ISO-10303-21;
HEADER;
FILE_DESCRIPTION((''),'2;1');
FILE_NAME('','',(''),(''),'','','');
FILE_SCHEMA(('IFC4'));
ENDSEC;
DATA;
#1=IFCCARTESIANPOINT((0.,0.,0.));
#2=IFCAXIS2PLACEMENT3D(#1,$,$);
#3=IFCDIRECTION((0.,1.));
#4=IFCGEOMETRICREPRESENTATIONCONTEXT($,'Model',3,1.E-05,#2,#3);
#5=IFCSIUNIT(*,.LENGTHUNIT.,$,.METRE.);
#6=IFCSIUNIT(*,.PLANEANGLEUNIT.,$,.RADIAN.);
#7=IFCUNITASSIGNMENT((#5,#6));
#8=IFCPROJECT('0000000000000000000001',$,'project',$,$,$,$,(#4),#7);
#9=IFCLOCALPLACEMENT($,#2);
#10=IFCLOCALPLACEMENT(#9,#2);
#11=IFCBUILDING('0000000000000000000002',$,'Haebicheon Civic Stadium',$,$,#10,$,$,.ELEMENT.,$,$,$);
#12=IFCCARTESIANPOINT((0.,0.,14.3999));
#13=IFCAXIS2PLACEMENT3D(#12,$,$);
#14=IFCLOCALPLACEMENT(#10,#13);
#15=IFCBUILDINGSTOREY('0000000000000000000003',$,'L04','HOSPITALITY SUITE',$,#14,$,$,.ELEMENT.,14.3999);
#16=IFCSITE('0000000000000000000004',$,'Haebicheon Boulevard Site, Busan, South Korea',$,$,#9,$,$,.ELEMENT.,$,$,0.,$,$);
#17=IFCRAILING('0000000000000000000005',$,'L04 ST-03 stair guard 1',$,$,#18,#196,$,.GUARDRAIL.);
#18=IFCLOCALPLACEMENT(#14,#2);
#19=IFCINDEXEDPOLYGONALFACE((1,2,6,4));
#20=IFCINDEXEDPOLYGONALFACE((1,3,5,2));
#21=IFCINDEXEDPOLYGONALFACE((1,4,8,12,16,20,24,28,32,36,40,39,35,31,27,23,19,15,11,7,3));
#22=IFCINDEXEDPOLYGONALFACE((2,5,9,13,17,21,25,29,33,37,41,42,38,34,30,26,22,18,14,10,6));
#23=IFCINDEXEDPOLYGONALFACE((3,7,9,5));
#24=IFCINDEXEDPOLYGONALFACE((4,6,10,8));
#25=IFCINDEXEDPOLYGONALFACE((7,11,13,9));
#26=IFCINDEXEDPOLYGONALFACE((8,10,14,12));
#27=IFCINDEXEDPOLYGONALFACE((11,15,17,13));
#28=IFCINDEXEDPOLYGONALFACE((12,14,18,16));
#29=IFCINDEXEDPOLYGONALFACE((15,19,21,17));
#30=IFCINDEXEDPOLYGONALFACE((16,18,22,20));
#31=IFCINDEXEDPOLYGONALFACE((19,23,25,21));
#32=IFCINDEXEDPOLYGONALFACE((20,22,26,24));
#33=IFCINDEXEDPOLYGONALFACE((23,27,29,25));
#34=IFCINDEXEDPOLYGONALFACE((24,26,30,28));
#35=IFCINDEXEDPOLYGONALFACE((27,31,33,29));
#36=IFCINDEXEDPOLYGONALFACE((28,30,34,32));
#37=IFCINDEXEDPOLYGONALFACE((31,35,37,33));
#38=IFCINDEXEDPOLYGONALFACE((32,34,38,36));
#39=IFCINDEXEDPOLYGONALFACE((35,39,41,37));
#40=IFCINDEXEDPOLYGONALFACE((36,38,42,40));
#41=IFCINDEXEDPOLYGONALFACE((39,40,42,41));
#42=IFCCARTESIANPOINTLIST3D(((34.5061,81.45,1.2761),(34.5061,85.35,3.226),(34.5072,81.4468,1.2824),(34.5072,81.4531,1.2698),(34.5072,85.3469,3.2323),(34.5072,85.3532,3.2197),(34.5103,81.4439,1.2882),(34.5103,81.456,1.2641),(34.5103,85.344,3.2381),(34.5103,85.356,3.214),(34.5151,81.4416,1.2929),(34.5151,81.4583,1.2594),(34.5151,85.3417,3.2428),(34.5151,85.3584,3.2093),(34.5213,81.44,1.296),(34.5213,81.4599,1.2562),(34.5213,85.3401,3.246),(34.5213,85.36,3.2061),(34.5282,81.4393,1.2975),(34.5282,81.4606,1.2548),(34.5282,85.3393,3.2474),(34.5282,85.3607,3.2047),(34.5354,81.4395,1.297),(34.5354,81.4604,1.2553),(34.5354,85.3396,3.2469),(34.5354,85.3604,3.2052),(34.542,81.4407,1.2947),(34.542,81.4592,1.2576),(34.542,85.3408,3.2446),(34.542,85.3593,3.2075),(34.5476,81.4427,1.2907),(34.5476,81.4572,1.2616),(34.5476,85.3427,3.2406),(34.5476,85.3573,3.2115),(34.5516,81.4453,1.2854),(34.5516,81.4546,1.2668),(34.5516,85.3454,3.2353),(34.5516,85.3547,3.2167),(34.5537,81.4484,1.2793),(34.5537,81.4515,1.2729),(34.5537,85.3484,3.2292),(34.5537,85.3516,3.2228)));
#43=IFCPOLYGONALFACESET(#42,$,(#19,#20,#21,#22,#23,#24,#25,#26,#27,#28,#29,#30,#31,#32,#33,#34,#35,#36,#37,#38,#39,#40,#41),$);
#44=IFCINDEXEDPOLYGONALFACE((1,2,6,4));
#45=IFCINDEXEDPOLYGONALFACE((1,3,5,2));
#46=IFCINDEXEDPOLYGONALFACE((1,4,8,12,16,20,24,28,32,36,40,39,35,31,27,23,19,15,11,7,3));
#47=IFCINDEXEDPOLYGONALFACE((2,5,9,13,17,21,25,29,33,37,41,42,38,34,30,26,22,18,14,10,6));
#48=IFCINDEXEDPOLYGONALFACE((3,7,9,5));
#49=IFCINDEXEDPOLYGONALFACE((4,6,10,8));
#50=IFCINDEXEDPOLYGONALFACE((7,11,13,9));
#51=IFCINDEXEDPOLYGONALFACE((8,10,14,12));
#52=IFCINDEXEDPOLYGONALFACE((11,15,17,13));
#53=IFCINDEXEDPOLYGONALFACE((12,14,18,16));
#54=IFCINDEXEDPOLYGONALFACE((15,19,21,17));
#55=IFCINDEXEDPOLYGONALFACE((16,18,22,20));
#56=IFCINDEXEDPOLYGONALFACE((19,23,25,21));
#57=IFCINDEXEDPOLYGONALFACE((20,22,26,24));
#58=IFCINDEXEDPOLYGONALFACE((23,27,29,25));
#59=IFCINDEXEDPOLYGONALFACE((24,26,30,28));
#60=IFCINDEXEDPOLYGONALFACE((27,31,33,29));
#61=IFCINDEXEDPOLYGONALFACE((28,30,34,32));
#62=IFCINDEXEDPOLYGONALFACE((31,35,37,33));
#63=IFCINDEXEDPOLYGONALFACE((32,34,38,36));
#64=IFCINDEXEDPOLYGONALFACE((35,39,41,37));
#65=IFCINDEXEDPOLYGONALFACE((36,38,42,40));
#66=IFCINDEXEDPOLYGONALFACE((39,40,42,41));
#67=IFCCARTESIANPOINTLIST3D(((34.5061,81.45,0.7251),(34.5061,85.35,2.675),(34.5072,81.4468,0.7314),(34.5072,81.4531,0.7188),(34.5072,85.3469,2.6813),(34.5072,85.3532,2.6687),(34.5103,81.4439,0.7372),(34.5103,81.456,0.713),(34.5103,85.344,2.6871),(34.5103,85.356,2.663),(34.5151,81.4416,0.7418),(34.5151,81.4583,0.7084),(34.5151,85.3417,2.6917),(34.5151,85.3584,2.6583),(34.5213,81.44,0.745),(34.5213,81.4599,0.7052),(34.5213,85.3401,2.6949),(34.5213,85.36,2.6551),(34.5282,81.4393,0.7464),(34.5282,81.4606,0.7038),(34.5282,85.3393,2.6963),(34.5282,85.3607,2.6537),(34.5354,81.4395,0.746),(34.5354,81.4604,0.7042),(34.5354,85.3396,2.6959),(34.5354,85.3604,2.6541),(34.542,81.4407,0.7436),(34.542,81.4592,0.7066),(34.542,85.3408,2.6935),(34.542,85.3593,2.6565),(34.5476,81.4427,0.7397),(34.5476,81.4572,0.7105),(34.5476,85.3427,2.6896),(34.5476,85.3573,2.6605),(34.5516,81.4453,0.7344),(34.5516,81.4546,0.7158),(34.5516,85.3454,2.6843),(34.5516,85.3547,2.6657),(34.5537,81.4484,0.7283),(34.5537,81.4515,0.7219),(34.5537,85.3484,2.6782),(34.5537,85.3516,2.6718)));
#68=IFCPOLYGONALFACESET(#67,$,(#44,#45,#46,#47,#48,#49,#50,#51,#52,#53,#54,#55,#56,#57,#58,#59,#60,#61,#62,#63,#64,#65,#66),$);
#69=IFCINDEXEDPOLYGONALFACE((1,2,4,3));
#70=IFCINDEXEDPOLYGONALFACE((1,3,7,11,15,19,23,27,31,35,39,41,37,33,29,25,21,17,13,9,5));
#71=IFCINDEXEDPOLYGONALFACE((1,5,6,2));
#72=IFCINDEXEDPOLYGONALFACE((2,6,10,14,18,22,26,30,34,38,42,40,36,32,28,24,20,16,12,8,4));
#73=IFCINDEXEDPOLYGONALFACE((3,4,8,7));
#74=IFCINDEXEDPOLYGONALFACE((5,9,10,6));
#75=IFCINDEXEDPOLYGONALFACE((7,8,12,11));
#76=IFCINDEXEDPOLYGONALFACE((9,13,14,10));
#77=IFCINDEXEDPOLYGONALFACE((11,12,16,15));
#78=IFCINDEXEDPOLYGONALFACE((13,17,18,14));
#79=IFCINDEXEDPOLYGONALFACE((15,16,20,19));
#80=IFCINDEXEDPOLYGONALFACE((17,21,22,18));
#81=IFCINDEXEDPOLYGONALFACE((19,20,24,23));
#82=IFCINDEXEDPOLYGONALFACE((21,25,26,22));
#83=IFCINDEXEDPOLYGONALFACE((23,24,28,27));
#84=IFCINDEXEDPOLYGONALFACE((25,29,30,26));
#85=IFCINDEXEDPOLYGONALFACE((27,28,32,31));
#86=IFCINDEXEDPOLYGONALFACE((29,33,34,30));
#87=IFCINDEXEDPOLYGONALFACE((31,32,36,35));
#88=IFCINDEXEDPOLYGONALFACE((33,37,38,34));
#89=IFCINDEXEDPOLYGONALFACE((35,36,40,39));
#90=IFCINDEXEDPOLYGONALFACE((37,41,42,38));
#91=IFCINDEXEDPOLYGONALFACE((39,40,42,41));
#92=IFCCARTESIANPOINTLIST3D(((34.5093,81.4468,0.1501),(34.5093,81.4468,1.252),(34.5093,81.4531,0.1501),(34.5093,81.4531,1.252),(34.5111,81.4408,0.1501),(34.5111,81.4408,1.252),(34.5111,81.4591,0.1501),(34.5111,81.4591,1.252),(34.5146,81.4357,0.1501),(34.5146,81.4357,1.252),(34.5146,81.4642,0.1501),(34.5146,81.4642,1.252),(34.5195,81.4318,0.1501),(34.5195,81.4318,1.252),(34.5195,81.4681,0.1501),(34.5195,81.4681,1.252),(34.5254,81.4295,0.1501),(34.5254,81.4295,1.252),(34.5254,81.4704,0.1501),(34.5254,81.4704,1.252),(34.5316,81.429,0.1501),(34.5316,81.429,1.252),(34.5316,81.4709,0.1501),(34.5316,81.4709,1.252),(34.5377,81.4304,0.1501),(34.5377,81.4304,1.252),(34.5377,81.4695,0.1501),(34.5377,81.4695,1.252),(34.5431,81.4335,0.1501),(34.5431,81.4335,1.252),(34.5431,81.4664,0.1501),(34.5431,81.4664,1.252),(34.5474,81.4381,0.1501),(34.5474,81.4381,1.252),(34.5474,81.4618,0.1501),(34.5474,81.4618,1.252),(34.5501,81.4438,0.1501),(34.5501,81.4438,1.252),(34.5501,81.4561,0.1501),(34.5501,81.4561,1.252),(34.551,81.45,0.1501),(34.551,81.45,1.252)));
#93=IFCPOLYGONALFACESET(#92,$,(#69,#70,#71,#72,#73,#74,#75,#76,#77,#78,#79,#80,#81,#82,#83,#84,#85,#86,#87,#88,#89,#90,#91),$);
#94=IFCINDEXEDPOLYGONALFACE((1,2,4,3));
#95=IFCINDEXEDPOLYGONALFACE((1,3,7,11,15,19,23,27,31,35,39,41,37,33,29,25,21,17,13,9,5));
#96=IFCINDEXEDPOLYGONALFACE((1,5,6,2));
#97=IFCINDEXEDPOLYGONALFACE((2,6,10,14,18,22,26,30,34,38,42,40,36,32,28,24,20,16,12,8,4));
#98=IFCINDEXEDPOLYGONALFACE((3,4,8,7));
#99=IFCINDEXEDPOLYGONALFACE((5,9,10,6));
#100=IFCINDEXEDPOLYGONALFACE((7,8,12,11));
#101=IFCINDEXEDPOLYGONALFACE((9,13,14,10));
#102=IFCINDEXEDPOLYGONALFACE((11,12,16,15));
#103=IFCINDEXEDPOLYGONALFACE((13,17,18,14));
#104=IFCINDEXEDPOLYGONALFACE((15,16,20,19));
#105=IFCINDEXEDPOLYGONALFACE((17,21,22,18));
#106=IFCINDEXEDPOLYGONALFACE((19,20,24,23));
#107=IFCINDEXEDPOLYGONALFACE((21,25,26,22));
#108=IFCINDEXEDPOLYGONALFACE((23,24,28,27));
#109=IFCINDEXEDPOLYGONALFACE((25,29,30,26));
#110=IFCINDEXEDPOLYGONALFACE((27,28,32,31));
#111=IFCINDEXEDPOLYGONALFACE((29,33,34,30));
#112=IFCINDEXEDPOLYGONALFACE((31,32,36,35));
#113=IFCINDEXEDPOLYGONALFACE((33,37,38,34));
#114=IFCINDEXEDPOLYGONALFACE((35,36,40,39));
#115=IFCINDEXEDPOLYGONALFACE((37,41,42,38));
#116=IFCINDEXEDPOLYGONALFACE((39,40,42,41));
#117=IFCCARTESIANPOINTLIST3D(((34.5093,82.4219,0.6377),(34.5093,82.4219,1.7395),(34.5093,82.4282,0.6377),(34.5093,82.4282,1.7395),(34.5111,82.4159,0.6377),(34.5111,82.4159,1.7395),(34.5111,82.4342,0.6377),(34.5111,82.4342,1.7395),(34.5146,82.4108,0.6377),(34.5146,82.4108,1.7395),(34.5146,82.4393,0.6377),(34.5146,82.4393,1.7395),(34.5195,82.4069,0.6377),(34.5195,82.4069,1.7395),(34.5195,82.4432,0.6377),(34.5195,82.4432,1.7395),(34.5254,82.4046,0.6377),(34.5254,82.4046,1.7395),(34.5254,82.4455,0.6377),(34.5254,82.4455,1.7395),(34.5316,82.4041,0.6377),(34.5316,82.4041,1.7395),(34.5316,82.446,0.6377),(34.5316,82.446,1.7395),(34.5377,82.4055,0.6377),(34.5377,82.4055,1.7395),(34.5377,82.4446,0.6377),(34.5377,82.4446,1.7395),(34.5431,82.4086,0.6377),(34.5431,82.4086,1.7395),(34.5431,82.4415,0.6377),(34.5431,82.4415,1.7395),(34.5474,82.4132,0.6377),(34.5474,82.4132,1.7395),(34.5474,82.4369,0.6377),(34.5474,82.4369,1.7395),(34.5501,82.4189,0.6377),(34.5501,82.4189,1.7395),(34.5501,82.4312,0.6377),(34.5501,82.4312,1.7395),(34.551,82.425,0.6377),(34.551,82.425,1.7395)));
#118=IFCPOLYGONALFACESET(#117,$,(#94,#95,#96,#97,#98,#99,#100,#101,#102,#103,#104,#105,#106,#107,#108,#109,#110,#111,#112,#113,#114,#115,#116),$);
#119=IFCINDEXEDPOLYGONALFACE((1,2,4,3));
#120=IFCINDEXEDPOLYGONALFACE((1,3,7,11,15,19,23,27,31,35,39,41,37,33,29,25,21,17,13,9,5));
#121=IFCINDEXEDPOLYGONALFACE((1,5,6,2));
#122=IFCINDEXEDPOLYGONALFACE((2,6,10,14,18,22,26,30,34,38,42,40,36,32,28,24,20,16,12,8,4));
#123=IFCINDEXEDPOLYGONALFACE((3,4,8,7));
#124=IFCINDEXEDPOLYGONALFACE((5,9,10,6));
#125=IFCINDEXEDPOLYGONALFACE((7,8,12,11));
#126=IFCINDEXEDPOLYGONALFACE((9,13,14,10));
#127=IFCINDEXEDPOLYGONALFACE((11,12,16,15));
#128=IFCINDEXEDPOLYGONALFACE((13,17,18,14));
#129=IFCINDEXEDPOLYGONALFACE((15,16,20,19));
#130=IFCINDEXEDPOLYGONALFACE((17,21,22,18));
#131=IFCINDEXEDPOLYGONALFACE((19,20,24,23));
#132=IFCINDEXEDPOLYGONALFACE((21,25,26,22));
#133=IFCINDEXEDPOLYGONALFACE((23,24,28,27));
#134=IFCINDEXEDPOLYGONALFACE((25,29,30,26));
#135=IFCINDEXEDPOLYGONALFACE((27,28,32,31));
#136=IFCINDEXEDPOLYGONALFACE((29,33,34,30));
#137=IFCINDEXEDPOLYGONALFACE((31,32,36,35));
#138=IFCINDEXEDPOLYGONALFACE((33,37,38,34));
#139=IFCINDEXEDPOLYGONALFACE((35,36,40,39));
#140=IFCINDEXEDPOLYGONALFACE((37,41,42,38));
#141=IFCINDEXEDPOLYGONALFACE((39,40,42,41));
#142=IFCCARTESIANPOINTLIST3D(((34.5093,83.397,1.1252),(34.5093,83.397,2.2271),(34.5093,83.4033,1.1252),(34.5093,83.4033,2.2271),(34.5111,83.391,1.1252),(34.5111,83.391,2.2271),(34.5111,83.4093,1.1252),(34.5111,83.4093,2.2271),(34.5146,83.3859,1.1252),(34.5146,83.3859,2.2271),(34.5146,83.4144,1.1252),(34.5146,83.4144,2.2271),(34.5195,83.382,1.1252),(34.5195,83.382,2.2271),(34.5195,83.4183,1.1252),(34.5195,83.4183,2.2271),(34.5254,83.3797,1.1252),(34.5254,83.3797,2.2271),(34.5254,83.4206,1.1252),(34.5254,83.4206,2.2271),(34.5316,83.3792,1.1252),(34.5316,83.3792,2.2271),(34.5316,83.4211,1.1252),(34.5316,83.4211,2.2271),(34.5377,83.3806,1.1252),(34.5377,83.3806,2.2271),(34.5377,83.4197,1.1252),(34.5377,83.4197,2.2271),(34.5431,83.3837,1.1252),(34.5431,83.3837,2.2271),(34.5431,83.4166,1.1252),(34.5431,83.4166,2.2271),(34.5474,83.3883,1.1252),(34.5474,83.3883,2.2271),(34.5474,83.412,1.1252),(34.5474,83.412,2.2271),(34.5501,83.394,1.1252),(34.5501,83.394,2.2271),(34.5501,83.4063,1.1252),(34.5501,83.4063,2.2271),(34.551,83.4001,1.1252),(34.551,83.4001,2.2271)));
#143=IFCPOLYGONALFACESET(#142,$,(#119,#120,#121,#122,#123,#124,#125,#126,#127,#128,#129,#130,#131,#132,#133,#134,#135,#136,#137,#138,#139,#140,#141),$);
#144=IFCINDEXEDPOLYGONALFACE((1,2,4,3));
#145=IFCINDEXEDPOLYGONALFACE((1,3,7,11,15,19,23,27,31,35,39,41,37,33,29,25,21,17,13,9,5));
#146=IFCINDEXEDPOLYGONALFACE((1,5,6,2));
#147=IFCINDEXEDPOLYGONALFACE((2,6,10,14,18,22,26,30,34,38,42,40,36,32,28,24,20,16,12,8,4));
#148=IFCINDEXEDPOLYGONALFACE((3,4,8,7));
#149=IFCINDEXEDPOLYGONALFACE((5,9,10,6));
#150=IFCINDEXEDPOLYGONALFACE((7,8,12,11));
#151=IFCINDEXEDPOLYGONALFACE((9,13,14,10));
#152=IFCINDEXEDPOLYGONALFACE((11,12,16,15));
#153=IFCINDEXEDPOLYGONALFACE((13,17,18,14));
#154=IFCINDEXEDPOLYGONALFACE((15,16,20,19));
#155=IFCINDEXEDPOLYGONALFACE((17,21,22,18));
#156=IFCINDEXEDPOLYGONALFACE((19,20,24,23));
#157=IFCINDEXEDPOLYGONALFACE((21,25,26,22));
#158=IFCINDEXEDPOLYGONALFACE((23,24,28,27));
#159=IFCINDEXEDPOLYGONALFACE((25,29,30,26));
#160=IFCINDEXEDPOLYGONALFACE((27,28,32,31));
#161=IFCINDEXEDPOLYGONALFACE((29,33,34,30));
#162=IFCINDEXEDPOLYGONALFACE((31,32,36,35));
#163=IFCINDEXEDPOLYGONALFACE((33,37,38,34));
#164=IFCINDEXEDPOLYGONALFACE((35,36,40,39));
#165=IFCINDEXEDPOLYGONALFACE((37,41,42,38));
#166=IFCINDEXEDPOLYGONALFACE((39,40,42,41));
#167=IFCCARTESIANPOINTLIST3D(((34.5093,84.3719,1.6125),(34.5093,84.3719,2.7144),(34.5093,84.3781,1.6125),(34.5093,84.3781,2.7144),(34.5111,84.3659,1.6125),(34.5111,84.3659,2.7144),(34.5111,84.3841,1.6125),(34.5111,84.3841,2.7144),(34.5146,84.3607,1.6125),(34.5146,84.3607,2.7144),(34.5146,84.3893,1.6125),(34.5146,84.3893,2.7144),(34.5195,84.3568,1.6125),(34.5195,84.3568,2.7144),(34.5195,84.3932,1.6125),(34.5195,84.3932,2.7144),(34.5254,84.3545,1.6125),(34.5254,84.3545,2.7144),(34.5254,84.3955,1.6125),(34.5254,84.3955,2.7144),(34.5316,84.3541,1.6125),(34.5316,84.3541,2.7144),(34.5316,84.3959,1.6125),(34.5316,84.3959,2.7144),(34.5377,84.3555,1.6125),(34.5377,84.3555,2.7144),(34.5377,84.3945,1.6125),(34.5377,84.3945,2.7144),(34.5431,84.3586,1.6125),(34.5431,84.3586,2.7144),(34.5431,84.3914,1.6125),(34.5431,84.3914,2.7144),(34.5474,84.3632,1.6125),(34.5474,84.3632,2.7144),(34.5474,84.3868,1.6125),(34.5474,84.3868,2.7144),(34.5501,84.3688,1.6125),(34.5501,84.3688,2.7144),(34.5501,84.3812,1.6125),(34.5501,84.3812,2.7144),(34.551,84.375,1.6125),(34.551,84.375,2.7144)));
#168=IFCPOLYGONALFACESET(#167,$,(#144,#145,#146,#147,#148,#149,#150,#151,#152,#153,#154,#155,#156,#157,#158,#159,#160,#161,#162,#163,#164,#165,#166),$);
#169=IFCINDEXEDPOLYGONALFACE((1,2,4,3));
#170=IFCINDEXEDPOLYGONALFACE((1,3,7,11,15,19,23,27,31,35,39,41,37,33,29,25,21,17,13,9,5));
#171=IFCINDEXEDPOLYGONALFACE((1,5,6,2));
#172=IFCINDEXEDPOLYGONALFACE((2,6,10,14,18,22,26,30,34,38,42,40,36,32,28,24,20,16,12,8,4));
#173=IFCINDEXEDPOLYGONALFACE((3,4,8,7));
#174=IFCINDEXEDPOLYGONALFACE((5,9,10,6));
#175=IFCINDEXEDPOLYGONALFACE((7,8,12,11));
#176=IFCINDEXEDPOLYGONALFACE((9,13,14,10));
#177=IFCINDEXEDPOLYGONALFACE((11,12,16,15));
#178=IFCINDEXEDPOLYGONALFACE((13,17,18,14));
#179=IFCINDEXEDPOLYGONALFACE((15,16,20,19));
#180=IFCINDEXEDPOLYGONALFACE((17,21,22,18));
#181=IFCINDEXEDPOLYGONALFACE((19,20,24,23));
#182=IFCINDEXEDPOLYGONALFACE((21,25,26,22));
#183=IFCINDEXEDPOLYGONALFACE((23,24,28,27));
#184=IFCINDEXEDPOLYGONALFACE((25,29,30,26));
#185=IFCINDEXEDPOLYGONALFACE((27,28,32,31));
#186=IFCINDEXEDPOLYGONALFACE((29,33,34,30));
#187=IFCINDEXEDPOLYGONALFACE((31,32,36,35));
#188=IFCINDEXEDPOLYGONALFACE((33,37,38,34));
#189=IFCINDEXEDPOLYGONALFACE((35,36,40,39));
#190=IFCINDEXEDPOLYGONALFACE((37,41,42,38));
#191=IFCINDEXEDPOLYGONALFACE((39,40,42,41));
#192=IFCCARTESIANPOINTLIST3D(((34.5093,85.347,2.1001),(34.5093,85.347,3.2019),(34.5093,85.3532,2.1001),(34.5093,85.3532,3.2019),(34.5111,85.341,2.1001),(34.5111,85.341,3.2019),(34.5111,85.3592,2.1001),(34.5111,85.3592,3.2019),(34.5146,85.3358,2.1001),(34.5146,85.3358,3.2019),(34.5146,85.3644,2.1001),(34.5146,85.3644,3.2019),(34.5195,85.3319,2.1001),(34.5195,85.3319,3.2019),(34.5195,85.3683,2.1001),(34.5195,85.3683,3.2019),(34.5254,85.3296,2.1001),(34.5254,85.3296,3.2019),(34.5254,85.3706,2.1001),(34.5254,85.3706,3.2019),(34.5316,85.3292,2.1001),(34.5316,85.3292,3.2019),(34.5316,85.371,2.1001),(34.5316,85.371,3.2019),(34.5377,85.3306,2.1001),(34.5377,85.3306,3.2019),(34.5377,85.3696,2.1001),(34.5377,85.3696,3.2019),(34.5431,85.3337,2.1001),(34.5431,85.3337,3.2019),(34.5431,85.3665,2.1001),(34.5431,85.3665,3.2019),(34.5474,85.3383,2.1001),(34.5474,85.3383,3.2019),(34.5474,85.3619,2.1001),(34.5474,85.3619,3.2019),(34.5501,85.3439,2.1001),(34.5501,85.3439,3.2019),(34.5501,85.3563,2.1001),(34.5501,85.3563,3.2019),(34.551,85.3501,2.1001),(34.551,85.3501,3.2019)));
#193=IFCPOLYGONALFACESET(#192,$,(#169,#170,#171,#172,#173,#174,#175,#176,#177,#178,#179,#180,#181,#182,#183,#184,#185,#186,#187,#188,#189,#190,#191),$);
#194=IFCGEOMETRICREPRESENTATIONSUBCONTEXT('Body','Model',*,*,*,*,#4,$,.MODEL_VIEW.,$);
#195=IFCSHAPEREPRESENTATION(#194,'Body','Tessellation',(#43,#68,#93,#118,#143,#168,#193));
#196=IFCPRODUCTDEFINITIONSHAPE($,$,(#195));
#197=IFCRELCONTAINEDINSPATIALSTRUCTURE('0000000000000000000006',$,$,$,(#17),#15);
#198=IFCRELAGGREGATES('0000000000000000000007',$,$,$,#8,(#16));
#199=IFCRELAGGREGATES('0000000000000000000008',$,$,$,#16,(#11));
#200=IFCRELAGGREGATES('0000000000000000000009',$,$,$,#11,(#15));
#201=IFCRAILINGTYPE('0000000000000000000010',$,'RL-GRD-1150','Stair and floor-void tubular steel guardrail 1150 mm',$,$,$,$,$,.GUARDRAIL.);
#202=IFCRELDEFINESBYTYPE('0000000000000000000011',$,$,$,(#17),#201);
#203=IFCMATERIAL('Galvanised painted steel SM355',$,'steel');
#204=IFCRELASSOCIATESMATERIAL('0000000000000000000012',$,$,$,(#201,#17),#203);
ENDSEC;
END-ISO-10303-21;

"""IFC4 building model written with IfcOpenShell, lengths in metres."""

from ifc_helpers import new_model, si_unit, direction, frame, origin, origin_2d, place, context, subcontext, project, spatial, circle, extrude, material, type_object, element, save


model = new_model("IFC4")

# Units and contexts
model_context = context("Model", 3, precision=1e-05, world=origin(), true_north=direction((0.0, 1.0)))
body_context = subcontext(model_context, "Body", "Model", "MODEL_VIEW")
ifc_project = project(units=[si_unit("LENGTHUNIT", "METRE"), si_unit("PLANEANGLEUNIT", "RADIAN")], contexts=[model_context])

# Site, building, storey
site_placement = place(None, origin())
site = spatial("IfcSite", under=ifc_project, at=site_placement, Name="Haebicheon Boulevard Site, Busan, South Korea", CompositionType="ELEMENT", RefElevation=0.0)
building_placement = place(site_placement, origin())
building = spatial("IfcBuilding", under=site, at=building_placement, Name="Haebicheon Civic Stadium", CompositionType="ELEMENT")
storey_placement = place(building_placement, frame((0.0, 0.0, 14.3999)))
storey = spatial("IfcBuildingStorey", under=building, at=storey_placement, Name="L04", Description="HOSPITALITY SUITE", CompositionType="ELEMENT", Elevation=14.3999)

# Railing
ifc_material_1 = material(Name="Galvanised painted steel SM355", Category="steel")
railing_type_1 = type_object("IfcRailingType", Name="RL-GRD-1150", Description="Stair and floor-void tubular steel guardrail 1150 mm", PredefinedType="GUARDRAIL", material=ifc_material_1)
railing_1_placement = place(storey_placement, frame((34.53, 81.45, 0.1501)))
element("IfcRailing", 1, at=railing_1_placement, inside=storey, type_object=railing_type_1, material=ifc_material_1, Name="L04 ST-03 stair guard 1", PredefinedType="GUARDRAIL", context=body_context, shape_type="SweptSolid", body=[
    extrude(circle(Radius=0.0239, at=origin_2d()), frame((0.0, 0.0, 1.126), z_axis=(0.0, 0.894438, 0.447191), x_axis=(-1.0, 0.0, 0.0)), (0.0, 0.0, 1.0), 4.3604),
    extrude(circle(Radius=0.0239, at=origin_2d()), frame((0.0, 0.0, 0.575), z_axis=(0.0, 0.894438, 0.447191), x_axis=(-1.0, 0.0, 0.0)), (0.0, 0.0, 1.0), 4.3604),
    extrude(circle(Radius=0.021, at=origin_2d()), origin(), (0.0, 0.0, 1.0), 1.1018),
    extrude(circle(Radius=0.021, at=origin_2d()), frame((0.0, 0.9751, 0.4875)), (0.0, 0.0, 1.0), 1.1018),
    extrude(circle(Radius=0.021, at=origin_2d()), frame((0.0, 1.9502, 0.9751)), (0.0, 0.0, 1.0), 1.1018),
    extrude(circle(Radius=0.021, at=origin_2d()), frame((0.0, 2.925, 1.4624)), (0.0, 0.0, 1.0), 1.1018),
    extrude(circle(Radius=0.021, at=origin_2d()), frame((0.0, 3.9001, 1.95)), (0.0, 0.0, 1.0), 1.1018),
])

save(model, "model.ifc")
